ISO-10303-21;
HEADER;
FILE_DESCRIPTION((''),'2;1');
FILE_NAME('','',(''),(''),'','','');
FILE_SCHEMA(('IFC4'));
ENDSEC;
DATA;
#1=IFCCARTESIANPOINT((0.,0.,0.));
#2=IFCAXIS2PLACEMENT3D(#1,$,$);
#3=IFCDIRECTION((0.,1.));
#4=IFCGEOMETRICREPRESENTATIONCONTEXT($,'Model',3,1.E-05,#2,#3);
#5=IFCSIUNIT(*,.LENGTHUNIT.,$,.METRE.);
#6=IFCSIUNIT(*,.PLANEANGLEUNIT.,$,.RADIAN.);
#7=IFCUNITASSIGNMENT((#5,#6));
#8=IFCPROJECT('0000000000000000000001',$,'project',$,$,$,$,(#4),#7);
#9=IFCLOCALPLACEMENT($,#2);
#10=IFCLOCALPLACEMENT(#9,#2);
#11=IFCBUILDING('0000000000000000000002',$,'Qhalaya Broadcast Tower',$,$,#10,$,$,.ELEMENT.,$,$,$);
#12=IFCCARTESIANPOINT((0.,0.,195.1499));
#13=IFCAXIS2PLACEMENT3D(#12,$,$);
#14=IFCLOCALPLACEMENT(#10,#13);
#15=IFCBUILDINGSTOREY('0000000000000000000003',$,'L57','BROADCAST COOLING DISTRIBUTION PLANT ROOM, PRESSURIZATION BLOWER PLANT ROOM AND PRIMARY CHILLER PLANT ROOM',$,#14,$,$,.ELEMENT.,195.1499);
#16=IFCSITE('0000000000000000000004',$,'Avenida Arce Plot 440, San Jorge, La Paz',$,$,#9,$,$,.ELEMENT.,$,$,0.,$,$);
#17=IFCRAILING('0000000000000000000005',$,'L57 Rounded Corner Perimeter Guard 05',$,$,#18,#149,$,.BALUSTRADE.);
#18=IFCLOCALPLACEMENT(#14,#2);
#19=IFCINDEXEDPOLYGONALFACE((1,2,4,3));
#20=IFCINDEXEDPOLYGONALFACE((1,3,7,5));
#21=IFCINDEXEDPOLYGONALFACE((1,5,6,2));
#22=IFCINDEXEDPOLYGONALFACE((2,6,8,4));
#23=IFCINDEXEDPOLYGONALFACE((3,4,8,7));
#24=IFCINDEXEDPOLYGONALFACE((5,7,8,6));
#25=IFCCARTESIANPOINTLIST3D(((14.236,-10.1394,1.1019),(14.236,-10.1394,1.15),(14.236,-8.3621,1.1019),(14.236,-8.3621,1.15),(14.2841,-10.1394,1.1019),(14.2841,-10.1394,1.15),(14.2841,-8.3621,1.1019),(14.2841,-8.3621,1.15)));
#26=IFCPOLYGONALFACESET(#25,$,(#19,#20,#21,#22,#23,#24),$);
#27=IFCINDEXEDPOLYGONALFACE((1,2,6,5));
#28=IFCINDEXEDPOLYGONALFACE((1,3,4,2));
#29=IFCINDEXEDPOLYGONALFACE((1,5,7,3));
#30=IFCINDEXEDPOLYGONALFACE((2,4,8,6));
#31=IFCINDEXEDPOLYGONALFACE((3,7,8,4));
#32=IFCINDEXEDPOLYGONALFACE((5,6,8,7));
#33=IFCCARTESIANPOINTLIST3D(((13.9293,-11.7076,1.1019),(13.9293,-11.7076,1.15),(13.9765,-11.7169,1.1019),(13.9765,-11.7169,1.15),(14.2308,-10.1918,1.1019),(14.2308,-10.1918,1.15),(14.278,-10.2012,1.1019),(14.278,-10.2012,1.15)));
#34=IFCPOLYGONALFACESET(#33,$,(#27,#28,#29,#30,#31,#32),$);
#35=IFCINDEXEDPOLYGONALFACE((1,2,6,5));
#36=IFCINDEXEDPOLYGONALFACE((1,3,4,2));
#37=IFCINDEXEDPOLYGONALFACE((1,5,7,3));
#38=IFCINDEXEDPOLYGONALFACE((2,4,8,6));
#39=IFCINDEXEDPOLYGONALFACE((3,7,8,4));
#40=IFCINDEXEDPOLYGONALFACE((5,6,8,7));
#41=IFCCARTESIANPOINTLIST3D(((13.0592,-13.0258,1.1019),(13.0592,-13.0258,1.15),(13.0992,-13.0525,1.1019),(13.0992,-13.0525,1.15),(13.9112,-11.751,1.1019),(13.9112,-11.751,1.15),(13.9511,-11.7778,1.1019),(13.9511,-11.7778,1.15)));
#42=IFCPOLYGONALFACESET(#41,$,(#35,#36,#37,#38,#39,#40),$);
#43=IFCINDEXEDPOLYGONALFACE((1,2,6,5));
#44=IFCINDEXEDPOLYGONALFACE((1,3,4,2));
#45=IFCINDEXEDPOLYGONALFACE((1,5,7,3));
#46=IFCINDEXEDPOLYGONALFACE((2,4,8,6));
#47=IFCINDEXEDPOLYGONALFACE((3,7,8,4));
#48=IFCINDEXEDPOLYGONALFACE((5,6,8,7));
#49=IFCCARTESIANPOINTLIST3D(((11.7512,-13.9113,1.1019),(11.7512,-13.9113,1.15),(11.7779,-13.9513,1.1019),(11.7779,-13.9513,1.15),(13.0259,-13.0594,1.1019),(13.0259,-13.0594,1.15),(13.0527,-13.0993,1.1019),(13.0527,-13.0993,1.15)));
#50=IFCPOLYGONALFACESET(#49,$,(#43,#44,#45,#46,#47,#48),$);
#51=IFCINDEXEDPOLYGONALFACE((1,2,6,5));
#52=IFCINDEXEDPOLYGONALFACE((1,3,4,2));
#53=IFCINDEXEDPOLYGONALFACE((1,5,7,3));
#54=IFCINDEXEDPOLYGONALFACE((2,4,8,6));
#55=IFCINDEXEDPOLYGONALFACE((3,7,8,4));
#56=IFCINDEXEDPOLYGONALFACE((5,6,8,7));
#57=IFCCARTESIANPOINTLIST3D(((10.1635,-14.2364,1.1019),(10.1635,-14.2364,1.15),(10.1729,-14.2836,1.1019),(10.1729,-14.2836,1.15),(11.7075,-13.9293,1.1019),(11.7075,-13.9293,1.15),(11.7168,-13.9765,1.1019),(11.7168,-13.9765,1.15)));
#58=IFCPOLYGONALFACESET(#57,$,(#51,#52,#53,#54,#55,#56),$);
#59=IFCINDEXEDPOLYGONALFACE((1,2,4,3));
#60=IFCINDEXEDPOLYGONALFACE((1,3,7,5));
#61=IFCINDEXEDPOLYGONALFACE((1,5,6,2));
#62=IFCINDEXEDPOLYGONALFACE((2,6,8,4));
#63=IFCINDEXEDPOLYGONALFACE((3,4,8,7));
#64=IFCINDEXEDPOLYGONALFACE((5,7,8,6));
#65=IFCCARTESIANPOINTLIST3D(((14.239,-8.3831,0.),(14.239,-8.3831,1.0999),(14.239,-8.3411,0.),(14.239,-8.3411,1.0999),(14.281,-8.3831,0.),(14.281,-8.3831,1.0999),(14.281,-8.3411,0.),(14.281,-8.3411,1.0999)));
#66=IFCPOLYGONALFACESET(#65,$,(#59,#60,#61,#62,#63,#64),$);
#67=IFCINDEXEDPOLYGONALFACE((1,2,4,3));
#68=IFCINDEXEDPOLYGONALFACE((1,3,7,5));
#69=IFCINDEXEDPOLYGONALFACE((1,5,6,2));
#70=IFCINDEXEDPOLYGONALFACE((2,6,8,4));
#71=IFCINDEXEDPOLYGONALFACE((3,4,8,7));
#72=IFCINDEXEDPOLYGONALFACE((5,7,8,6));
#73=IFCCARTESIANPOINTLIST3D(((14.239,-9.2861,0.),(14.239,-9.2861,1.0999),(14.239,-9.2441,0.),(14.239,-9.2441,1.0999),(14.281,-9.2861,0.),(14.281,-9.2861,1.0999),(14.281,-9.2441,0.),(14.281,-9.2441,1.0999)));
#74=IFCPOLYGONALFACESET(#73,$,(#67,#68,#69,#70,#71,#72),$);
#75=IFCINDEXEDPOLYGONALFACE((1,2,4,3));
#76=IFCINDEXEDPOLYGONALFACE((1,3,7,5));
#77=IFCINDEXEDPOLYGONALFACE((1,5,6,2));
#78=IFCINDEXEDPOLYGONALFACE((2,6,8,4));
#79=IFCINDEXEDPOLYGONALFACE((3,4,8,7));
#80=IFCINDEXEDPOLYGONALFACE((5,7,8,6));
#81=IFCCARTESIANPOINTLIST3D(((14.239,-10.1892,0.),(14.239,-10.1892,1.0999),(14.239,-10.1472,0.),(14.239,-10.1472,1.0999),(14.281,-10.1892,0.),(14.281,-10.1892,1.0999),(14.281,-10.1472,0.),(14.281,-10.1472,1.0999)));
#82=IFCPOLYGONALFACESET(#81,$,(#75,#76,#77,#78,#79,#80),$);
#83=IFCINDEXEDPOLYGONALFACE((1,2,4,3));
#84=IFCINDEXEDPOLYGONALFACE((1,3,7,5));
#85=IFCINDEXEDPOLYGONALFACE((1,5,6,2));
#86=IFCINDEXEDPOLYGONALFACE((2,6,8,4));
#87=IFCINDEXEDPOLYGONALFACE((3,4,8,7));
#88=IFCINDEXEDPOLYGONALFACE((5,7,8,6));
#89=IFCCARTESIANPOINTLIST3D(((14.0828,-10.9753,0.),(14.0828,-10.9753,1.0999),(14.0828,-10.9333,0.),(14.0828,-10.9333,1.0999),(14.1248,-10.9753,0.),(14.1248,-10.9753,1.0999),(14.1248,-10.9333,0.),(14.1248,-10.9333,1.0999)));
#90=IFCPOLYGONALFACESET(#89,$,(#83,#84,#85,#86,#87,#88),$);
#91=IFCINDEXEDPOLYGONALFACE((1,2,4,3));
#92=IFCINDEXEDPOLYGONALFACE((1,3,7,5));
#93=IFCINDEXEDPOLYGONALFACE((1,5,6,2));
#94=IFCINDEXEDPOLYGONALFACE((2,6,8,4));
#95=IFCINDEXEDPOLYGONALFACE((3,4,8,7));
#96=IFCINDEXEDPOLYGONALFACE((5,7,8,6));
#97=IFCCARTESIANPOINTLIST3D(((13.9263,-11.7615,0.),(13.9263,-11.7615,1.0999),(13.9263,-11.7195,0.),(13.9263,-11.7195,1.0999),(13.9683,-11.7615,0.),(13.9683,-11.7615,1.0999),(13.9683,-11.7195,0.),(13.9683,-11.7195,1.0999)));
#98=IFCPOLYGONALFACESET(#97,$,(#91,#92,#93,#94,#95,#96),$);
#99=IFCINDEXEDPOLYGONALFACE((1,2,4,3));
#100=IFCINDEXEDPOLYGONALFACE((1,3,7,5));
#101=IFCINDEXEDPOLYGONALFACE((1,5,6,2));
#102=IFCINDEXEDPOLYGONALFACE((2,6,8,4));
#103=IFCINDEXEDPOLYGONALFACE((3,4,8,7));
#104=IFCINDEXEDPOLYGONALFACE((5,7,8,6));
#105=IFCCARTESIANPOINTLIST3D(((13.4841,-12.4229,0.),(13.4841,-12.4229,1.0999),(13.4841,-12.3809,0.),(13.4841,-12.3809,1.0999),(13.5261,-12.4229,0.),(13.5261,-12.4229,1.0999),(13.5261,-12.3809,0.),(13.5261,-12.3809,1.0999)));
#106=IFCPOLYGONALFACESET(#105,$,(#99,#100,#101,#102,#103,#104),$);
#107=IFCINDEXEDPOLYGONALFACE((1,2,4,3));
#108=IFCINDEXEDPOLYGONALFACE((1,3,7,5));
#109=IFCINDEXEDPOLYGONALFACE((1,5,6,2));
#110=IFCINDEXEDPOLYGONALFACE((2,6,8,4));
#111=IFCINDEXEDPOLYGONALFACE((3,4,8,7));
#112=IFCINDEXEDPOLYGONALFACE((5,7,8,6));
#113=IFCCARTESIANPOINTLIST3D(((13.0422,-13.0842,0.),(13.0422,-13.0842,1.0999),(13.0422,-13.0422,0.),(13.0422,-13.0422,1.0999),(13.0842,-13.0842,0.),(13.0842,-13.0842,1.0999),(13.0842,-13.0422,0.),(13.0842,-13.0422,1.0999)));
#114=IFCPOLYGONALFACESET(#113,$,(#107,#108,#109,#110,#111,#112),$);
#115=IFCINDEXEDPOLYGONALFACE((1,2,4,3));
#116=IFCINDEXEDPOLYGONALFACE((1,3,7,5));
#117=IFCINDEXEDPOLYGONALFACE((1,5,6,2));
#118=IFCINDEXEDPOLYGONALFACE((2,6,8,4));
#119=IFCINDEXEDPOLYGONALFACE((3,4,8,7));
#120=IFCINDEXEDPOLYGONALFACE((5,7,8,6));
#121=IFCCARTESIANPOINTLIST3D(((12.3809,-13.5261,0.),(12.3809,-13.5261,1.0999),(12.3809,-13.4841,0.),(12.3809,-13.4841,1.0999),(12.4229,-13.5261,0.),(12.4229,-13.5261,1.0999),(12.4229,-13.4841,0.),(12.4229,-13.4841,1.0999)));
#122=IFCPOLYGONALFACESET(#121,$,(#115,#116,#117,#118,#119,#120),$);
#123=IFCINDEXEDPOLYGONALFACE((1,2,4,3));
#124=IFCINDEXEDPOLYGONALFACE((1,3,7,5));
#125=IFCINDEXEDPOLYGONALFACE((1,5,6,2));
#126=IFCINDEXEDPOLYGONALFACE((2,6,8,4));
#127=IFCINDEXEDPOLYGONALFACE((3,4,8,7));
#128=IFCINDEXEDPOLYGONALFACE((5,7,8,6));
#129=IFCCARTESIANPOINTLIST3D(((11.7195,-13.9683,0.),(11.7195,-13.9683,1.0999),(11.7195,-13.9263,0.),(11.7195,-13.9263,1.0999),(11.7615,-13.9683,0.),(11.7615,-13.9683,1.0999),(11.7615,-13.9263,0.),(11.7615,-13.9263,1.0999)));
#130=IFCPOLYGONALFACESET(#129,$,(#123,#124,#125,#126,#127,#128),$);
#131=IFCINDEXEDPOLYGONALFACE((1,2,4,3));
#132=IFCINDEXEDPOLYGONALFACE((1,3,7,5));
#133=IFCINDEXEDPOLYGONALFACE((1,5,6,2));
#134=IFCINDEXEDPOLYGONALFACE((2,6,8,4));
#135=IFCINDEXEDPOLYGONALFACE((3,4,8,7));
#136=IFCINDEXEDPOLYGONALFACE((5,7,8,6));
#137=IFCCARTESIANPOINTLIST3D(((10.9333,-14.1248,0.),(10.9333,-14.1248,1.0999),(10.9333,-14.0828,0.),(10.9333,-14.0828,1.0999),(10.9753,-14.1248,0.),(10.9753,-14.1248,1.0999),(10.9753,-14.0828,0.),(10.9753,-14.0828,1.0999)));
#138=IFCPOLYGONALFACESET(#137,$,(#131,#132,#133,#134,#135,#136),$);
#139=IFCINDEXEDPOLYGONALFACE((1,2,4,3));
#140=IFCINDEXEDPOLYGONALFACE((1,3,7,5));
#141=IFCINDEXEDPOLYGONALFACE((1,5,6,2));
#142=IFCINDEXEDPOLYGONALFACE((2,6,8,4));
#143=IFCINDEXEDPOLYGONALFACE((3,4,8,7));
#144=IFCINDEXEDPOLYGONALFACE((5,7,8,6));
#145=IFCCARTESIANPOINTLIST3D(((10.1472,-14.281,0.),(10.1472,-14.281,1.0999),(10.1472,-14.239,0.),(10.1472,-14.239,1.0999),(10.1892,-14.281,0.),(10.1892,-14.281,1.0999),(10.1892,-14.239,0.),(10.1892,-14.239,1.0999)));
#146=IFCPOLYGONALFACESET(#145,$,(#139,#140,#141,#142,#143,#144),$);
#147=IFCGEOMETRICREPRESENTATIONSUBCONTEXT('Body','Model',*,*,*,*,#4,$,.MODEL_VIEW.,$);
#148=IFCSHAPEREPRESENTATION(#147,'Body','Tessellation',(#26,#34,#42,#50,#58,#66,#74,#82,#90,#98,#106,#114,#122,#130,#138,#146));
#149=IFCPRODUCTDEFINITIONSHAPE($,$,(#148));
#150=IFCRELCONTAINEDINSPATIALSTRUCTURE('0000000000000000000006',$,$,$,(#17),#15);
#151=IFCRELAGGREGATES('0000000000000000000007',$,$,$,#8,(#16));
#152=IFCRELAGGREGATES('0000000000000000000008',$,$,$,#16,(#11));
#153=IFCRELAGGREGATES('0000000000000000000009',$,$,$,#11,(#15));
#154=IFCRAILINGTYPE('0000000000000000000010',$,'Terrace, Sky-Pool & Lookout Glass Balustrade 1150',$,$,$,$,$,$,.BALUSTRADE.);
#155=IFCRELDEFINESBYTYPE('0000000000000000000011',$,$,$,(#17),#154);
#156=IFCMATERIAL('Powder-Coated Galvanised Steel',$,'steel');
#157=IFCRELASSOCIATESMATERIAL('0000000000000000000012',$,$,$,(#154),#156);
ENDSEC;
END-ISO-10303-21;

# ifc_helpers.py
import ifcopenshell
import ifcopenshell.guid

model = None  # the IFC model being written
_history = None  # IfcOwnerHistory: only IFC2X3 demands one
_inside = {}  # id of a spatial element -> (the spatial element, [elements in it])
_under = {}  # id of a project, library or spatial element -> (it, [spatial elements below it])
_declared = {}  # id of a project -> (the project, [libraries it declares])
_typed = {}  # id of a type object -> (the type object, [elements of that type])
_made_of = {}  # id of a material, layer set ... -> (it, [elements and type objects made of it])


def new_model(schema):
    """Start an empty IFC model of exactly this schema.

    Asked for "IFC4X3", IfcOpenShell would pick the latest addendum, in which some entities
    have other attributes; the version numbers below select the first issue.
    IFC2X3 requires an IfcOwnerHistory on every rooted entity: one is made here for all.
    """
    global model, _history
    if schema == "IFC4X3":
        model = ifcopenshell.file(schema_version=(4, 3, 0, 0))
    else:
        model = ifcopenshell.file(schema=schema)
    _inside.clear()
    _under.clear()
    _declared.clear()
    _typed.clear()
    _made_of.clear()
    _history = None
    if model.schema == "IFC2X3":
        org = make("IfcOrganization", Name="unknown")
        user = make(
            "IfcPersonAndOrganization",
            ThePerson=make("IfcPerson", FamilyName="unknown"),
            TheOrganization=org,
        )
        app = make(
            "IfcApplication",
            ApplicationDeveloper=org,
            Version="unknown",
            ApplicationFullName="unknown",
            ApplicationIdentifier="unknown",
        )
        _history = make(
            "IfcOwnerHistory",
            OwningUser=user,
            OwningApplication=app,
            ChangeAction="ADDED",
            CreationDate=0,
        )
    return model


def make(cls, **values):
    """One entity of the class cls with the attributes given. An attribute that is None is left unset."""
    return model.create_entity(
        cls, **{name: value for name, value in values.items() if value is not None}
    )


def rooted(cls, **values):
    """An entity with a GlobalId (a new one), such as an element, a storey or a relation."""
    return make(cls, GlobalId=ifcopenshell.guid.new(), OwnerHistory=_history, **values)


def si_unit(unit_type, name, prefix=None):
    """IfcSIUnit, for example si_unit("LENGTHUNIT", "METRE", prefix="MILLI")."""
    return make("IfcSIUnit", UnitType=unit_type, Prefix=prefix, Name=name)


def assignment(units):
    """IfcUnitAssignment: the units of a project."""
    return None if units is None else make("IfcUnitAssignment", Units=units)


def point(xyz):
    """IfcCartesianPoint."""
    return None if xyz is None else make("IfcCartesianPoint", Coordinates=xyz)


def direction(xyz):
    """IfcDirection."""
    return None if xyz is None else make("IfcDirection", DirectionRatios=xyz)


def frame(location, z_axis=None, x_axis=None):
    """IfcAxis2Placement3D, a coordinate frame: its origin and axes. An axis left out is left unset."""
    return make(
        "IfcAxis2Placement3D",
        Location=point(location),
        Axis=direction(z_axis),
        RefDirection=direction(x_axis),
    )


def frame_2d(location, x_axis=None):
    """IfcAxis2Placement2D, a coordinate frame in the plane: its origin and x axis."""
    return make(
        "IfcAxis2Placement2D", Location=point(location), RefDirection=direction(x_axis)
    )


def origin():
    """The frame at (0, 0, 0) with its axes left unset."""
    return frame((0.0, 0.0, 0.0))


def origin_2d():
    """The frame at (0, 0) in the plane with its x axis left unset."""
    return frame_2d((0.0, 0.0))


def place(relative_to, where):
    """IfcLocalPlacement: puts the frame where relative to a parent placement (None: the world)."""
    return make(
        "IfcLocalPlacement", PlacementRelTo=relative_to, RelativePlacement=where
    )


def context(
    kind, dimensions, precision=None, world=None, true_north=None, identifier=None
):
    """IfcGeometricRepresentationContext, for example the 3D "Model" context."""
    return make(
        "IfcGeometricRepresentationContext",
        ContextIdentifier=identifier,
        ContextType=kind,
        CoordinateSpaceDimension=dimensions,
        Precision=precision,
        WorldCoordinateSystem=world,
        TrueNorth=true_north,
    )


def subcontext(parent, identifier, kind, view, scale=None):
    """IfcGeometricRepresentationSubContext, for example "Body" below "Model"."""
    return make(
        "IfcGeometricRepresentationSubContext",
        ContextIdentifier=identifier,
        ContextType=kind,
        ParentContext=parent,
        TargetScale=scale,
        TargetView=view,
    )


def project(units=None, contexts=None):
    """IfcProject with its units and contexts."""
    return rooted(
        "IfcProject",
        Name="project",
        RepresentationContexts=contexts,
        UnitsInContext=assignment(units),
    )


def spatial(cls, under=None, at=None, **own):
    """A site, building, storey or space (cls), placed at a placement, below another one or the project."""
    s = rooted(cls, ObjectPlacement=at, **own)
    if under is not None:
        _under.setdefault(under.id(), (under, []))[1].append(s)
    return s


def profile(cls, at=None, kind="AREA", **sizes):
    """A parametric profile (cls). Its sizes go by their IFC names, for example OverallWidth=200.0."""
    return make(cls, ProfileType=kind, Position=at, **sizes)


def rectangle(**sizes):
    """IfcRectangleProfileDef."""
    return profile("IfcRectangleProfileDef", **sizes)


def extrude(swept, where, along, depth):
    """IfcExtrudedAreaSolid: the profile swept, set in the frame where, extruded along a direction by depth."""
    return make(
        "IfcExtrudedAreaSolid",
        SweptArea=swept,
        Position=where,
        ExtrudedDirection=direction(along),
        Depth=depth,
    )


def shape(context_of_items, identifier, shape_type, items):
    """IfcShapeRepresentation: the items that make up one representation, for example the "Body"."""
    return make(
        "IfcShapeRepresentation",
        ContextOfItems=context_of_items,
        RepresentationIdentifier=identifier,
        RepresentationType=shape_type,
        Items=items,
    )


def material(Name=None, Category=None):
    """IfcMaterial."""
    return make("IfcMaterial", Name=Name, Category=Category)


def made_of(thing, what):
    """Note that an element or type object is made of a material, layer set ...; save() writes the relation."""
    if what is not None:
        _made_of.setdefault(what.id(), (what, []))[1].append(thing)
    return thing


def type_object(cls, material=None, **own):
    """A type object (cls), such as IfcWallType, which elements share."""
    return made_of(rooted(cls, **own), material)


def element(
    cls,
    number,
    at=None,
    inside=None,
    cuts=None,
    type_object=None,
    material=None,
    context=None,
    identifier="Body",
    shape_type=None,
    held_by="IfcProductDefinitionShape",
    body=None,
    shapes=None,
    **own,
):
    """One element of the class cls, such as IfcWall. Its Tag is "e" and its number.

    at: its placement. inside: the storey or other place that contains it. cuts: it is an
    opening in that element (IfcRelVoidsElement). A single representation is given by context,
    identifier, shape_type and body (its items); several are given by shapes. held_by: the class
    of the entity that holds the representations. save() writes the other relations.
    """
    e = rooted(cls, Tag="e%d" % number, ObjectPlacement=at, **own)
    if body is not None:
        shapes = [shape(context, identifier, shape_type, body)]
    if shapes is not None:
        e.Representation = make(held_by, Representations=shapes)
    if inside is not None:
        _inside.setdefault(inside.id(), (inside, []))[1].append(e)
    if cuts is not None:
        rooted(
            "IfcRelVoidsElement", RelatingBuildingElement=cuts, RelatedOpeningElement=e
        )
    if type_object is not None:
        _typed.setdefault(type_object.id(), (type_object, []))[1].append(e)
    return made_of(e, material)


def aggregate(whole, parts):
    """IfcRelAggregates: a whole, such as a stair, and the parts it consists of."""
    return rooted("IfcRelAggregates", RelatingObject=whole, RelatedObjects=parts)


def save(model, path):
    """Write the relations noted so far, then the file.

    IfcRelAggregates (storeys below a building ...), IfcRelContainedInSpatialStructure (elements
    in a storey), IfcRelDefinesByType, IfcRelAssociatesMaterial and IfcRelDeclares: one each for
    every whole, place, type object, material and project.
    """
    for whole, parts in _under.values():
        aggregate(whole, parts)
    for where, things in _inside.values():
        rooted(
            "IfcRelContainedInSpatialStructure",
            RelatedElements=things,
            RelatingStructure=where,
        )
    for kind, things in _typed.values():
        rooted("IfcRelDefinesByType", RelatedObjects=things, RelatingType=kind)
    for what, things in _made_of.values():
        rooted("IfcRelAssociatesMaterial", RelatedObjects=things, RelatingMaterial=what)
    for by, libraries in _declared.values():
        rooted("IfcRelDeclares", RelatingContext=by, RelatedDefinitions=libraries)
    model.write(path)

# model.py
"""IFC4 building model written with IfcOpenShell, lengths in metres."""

from ifc_helpers import new_model, si_unit, direction, frame, origin, origin_2d, place, context, subcontext, project, spatial, rectangle, extrude, material, type_object, element, save


model = new_model("IFC4")

# Units and contexts
model_context = context("Model", 3, precision=1e-05, world=origin(), true_north=direction((0.0, 1.0)))
body_context = subcontext(model_context, "Body", "Model", "MODEL_VIEW")
ifc_project = project(units=[si_unit("LENGTHUNIT", "METRE"), si_unit("PLANEANGLEUNIT", "RADIAN")], contexts=[model_context])

# Site, building, storey
site_placement = place(None, origin())
site = spatial("IfcSite", under=ifc_project, at=site_placement, Name="Avenida Arce Plot 440, San Jorge, La Paz", CompositionType="ELEMENT", RefElevation=0.0)
building_placement = place(site_placement, origin())
building = spatial("IfcBuilding", under=site, at=building_placement, Name="Qhalaya Broadcast Tower", CompositionType="ELEMENT")
storey_placement = place(building_placement, frame((0.0, 0.0, 195.1499)))
storey = spatial("IfcBuildingStorey", under=building, at=storey_placement, Name="L57", Description="BROADCAST COOLING DISTRIBUTION PLANT ROOM, PRESSURIZATION BLOWER PLANT ROOM AND PRIMARY CHILLER PLANT ROOM", CompositionType="ELEMENT", Elevation=195.1499)

# Railing
ifc_material_1 = material(Name="Powder-Coated Galvanised Steel", Category="steel")
railing_type = type_object("IfcRailingType", Name="Terrace, Sky-Pool & Lookout Glass Balustrade 1150", PredefinedType="BALUSTRADE", material=ifc_material_1)
railing_placement = place(storey_placement, frame((14.26, -8.3621, 0.0)))
element("IfcRailing", 1, at=railing_placement, inside=storey, type_object=railing_type, Name="L57 Rounded Corner Perimeter Guard 05", PredefinedType="BALUSTRADE", context=body_context, shape_type="SweptSolid", body=[
    extrude(rectangle(XDim=0.0481, YDim=0.0481, at=origin_2d()), frame((0.0, 0.0, 1.126), z_axis=(0.0, -1.0, 0.0), x_axis=(1.0, 0.0, 0.0)), (0.0, 0.0, 1.0), 1.7773),
    extrude(rectangle(XDim=0.0481, YDim=0.0481, at=origin_2d()), frame((-0.0056, -1.8345, 1.126), z_axis=(-0.195091, -0.980785, 0.0), x_axis=(0.980785, -0.195091, 0.0)), (0.0, 0.0, 1.0), 1.5454),
    extrude(rectangle(XDim=0.0481, YDim=0.0481, at=origin_2d()), frame((-0.3289, -3.4023, 1.126), z_axis=(-0.555656, -0.831412, 0.0), x_axis=(0.831412, -0.555656, 0.0)), (0.0, 0.0, 1.0), 1.5332),
    extrude(rectangle(XDim=0.0481, YDim=0.0481, at=origin_2d()), frame((-1.2207, -4.7173, 1.126), z_axis=(-0.831412, -0.555656, 0.0), x_axis=(0.555656, -0.831412, 0.0)), (0.0, 0.0, 1.0), 1.5332),
    extrude(rectangle(XDim=0.0481, YDim=0.0481, at=origin_2d()), frame((-2.5479, -5.5908, 1.126), z_axis=(-0.980785, -0.195091, 0.0), x_axis=(0.195091, -0.980785, 0.0)), (0.0, 0.0, 1.0), 1.5742),
    extrude(rectangle(XDim=0.042, YDim=0.042, at=origin_2d()), origin(), (0.0, 0.0, 1.0), 1.0999),
    extrude(rectangle(XDim=0.042, YDim=0.042, at=origin_2d()), frame((0.0, -0.9031, 0.0)), (0.0, 0.0, 1.0), 1.0999),
    extrude(rectangle(XDim=0.042, YDim=0.042, at=origin_2d()), frame((0.0, -1.8062, 0.0)), (0.0, 0.0, 1.0), 1.0999),
    extrude(rectangle(XDim=0.042, YDim=0.042, at=origin_2d()), frame((-0.1562, -2.5923, 0.0)), (0.0, 0.0, 1.0), 1.0999),
    extrude(rectangle(XDim=0.042, YDim=0.042, at=origin_2d()), frame((-0.3127, -3.3784, 0.0)), (0.0, 0.0, 1.0), 1.0999),
    extrude(rectangle(XDim=0.042, YDim=0.042, at=origin_2d()), frame((-0.7549, -4.0398, 0.0)), (0.0, 0.0, 1.0), 1.0999),
    extrude(rectangle(XDim=0.042, YDim=0.042, at=origin_2d()), frame((-1.1968, -4.7012, 0.0)), (0.0, 0.0, 1.0), 1.0999),
    extrude(rectangle(XDim=0.042, YDim=0.042, at=origin_2d()), frame((-1.8582, -5.1431, 0.0)), (0.0, 0.0, 1.0), 1.0999),
    extrude(rectangle(XDim=0.042, YDim=0.042, at=origin_2d()), frame((-2.5195, -5.5852, 0.0)), (0.0, 0.0, 1.0), 1.0999),
    extrude(rectangle(XDim=0.042, YDim=0.042, at=origin_2d()), frame((-3.3057, -5.7417, 0.0)), (0.0, 0.0, 1.0), 1.0999),
    extrude(rectangle(XDim=0.042, YDim=0.042, at=origin_2d()), frame((-4.0918, -5.8979, 0.0)), (0.0, 0.0, 1.0), 1.0999),
])

save(model, "model.ifc")
